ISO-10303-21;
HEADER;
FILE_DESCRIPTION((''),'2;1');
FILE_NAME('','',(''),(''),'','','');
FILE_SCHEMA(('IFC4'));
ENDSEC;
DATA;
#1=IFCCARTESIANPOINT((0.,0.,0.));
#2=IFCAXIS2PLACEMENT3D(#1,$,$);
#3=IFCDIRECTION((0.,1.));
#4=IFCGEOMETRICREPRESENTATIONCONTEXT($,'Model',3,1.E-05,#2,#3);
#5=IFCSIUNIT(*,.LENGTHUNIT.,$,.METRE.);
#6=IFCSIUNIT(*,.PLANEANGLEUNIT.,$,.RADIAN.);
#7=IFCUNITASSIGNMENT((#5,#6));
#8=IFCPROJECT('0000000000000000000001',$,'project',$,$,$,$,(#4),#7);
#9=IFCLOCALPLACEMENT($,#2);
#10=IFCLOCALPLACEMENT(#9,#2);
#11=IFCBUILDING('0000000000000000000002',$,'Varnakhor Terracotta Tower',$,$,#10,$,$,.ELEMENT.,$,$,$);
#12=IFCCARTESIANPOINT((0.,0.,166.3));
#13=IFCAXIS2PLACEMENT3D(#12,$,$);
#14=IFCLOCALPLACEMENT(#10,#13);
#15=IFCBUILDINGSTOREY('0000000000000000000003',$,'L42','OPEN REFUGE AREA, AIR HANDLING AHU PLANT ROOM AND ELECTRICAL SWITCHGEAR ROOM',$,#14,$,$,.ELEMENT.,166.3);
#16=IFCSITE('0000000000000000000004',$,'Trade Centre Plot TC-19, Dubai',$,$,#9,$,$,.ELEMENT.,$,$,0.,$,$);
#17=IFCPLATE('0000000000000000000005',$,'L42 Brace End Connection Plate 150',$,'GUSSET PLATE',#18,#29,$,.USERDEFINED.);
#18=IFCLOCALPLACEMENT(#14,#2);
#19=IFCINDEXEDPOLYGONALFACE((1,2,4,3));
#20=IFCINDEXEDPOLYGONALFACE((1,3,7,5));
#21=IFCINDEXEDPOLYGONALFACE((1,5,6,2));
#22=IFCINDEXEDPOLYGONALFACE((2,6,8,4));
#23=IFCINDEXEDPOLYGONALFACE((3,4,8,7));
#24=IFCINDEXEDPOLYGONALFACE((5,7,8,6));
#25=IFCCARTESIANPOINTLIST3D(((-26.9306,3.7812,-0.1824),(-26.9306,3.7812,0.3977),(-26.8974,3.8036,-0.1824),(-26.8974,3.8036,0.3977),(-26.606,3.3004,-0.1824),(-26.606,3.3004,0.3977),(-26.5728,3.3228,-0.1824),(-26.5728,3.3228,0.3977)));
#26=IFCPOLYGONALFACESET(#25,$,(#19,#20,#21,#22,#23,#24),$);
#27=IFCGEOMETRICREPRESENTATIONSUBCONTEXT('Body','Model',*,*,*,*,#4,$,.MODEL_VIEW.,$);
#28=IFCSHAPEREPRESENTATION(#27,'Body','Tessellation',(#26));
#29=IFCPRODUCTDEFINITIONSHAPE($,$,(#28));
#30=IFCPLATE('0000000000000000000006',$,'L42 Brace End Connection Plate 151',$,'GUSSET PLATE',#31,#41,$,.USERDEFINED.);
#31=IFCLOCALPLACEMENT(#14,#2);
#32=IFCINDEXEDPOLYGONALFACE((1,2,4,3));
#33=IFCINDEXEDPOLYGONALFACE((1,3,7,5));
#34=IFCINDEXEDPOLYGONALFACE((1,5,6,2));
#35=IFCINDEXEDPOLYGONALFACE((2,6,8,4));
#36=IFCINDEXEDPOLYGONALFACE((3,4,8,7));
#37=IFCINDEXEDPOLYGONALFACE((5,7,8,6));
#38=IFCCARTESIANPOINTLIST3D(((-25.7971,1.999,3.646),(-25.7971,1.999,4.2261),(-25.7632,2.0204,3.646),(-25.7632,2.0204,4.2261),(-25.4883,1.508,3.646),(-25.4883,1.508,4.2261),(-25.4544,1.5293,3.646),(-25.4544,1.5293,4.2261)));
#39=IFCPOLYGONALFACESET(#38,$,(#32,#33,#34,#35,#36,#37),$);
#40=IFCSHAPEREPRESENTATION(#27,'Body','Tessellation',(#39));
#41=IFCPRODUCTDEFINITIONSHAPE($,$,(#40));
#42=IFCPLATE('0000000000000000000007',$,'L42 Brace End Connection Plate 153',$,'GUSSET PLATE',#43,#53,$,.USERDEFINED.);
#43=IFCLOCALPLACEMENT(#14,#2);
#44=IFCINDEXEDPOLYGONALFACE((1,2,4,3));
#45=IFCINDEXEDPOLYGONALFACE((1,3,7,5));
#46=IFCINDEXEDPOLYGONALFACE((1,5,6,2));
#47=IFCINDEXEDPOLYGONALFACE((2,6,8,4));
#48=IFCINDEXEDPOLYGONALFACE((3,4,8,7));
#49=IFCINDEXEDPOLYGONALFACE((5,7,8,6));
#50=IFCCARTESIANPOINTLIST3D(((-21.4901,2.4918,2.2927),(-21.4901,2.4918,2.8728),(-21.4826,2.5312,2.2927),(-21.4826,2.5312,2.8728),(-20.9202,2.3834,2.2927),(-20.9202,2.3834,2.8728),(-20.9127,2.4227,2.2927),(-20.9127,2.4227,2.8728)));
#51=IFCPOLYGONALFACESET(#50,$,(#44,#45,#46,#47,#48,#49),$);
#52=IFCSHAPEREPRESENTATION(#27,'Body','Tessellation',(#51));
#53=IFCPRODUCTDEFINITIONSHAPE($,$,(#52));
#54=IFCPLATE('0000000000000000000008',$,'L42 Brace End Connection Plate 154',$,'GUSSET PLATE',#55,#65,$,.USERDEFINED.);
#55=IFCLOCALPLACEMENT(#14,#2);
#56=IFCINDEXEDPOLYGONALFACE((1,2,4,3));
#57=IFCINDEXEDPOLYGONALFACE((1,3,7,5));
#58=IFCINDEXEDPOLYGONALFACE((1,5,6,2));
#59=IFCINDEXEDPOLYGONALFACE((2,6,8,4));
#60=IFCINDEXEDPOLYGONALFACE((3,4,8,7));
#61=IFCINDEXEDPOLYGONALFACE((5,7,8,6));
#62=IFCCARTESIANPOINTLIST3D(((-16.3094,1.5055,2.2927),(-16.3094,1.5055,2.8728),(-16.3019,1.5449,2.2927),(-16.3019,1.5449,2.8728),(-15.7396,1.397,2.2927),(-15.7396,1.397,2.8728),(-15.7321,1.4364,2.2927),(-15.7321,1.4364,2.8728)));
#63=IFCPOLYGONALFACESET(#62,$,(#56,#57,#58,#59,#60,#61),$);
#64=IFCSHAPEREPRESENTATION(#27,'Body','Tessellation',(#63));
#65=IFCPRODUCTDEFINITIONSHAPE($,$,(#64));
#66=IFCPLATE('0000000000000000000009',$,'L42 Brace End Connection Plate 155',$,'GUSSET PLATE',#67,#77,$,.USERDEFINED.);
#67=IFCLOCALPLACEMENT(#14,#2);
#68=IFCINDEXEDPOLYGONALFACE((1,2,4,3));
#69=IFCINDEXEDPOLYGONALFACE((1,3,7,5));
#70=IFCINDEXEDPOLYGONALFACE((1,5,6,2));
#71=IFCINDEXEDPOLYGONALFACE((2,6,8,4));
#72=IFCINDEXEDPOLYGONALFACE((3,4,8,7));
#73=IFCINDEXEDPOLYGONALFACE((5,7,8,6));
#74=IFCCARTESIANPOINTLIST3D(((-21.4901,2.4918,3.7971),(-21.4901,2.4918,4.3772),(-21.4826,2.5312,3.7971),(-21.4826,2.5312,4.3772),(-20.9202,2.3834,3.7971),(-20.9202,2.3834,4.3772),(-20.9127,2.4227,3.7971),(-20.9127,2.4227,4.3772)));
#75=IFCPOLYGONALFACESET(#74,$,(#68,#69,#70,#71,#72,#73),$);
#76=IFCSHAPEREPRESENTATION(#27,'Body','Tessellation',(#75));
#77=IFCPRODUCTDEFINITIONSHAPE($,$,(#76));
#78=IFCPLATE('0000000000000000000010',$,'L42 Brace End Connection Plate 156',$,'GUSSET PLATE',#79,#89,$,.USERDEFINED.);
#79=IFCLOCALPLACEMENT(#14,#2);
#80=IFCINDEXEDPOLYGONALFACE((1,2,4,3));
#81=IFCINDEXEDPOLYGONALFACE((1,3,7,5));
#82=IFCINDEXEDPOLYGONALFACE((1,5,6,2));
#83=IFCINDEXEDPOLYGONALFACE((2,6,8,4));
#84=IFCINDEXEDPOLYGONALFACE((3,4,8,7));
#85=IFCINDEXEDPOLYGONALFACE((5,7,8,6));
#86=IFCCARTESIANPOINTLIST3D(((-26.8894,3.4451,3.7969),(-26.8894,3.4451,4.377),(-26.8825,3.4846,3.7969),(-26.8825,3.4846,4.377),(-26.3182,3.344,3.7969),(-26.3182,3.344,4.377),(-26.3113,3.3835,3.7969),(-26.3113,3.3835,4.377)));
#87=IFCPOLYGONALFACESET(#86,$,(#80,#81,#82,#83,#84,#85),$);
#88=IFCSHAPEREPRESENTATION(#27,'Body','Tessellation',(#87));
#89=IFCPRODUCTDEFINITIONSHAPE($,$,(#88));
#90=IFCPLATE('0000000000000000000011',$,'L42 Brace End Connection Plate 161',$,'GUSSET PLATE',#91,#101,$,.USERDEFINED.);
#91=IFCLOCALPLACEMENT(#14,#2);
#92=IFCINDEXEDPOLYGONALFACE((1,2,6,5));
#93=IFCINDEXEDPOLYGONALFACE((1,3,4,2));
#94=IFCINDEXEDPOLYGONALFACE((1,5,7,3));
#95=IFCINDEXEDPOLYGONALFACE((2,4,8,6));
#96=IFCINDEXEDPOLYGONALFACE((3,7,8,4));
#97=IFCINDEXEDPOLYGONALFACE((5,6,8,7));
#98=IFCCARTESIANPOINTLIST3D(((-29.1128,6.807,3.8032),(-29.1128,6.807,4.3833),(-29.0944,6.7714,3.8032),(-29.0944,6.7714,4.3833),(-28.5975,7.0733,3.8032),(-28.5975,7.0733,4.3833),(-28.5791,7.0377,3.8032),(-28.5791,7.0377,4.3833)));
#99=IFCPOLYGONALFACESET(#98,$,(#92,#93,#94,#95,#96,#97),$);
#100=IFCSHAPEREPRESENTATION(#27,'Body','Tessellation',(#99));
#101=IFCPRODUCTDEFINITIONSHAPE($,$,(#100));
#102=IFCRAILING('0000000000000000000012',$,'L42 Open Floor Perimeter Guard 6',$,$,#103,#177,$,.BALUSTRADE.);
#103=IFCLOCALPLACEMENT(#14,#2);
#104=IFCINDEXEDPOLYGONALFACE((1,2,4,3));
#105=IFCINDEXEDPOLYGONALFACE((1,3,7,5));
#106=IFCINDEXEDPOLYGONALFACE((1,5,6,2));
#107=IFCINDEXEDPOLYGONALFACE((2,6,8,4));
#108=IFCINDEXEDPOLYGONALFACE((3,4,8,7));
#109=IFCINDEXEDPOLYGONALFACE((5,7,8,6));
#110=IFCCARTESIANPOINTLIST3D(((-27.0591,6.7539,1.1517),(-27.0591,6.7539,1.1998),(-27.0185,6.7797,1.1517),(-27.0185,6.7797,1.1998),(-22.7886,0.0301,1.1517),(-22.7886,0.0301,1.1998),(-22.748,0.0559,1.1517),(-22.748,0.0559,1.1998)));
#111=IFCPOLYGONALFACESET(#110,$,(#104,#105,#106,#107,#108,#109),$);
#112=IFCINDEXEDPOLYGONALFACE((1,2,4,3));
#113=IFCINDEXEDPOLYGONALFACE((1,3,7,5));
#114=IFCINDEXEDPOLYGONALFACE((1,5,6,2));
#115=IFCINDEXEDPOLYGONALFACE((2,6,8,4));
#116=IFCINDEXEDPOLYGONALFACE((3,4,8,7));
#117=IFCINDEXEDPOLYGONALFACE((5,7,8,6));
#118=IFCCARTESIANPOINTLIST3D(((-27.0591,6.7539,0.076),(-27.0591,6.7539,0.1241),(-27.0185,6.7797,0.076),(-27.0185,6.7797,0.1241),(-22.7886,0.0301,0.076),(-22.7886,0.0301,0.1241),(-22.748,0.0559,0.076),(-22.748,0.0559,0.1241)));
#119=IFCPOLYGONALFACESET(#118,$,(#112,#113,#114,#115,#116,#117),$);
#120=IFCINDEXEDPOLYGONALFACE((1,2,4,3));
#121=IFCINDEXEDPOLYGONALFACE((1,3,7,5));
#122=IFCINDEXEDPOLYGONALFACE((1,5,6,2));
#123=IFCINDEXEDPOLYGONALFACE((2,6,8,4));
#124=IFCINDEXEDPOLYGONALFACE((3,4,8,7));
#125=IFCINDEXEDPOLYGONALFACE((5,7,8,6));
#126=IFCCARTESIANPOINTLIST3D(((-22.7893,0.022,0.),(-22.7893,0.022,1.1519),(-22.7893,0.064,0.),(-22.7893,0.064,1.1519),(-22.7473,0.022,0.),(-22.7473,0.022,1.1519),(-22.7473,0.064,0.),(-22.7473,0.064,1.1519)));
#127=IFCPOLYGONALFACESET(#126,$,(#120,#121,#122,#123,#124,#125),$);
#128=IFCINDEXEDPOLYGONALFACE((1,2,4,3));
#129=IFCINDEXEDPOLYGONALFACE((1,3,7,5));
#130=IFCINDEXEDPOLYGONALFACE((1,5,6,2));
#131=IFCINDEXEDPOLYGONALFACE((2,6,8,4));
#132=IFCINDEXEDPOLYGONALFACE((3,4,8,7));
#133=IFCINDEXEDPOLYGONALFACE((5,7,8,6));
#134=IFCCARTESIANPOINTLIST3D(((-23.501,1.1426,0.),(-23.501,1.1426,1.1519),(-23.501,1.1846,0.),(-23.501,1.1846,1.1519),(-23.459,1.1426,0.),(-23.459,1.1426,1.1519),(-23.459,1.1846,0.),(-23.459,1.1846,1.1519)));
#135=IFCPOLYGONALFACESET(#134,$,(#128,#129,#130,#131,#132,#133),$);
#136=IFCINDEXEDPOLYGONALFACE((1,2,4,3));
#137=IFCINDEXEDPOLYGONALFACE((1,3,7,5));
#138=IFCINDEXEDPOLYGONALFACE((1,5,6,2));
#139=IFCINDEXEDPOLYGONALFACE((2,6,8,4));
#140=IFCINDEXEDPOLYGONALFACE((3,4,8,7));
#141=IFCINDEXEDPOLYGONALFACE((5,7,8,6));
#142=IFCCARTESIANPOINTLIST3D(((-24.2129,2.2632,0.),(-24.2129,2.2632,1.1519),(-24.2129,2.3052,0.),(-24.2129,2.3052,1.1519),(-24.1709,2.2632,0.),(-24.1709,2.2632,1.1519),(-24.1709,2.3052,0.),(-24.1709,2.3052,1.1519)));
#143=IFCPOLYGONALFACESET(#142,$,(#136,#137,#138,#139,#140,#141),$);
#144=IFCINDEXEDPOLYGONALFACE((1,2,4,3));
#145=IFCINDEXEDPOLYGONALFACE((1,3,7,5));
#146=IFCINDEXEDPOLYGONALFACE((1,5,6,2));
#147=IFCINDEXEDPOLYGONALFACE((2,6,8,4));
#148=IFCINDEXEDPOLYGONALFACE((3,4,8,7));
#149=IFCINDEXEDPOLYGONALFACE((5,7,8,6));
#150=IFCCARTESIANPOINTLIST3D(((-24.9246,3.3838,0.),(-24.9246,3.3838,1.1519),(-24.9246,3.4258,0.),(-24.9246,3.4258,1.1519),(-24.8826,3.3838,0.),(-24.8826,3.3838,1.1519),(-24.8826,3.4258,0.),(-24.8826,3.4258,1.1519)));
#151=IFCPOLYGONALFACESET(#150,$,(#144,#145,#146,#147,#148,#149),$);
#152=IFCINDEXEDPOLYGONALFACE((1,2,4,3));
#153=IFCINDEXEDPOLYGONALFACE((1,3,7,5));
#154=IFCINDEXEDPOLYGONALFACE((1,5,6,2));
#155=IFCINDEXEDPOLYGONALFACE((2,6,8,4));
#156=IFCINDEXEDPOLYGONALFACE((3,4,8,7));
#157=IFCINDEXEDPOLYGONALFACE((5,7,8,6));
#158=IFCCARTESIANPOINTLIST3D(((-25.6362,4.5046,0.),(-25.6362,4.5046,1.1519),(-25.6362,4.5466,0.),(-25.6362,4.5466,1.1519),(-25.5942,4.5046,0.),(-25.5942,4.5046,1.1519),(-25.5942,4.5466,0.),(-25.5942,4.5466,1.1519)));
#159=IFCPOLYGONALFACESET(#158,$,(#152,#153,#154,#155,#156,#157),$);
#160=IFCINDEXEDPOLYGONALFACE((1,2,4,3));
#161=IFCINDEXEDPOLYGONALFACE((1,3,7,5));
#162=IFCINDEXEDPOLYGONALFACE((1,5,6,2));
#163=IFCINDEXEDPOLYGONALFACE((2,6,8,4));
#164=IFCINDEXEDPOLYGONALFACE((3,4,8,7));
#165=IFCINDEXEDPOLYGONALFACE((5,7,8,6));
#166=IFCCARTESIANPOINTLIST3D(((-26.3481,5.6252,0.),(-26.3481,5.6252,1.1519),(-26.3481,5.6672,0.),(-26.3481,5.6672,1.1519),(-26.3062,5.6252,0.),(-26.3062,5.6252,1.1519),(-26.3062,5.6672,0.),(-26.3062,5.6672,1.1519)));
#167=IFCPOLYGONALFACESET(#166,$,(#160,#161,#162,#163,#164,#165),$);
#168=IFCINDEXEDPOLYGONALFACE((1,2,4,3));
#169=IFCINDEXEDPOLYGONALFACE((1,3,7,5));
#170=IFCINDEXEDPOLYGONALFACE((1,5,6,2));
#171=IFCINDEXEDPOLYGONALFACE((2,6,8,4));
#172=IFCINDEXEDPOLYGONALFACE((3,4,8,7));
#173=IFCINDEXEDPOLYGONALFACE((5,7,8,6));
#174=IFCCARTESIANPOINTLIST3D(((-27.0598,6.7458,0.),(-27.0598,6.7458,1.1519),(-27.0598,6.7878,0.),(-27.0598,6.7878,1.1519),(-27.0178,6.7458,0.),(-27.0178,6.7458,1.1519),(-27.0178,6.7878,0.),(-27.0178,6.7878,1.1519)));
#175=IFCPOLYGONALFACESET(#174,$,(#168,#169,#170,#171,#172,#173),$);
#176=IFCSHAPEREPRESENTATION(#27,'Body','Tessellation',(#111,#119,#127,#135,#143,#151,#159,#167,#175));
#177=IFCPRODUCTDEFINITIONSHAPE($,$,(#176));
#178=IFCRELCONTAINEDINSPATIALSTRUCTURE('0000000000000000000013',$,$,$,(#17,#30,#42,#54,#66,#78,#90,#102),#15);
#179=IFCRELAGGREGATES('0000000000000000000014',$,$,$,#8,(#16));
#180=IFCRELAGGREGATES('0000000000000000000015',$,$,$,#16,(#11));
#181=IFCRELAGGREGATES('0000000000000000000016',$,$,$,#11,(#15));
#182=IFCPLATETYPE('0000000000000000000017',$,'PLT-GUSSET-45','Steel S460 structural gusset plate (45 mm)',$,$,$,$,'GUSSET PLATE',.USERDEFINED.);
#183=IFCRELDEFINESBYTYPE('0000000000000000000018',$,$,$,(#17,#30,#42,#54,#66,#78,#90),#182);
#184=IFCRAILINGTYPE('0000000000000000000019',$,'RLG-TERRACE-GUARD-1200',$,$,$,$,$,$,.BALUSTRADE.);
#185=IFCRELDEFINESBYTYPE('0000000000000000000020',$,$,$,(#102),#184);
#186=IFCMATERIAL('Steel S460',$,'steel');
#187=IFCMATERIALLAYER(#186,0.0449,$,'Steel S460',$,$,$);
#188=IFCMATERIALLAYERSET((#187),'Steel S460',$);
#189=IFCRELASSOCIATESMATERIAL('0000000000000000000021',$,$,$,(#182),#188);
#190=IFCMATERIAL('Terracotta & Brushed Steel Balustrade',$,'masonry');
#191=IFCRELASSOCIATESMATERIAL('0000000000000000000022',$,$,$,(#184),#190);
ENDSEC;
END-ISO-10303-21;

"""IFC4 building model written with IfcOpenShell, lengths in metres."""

from ifc_helpers import new_model, si_unit, direction, frame, origin, origin_2d, place, context, subcontext, project, spatial, rectangle, extrude, source, transform, mapped, material, layer, layer_set, type_object, element, save


model = new_model("IFC4")

# Units and contexts
model_context = context("Model", 3, precision=1e-05, world=origin(), true_north=direction((0.0, 1.0)))
body_context = subcontext(model_context, "Body", "Model", "MODEL_VIEW")
ifc_project = project(units=[si_unit("LENGTHUNIT", "METRE"), si_unit("PLANEANGLEUNIT", "RADIAN")], contexts=[model_context])

# Site, building, storey
site_placement = place(None, origin())
site = spatial("IfcSite", under=ifc_project, at=site_placement, Name="Trade Centre Plot TC-19, Dubai", CompositionType="ELEMENT", RefElevation=0.0)
building_placement = place(site_placement, origin())
building = spatial("IfcBuilding", under=site, at=building_placement, Name="Varnakhor Terracotta Tower", CompositionType="ELEMENT")
storey_placement = place(building_placement, frame((0.0, 0.0, 166.3)))
storey = spatial("IfcBuildingStorey", under=building, at=storey_placement, Name="L42", Description="OPEN REFUGE AREA, AIR HANDLING AHU PLANT ROOM AND ELECTRICAL SWITCHGEAR ROOM", CompositionType="ELEMENT", Elevation=166.3)

# Shared definitions
ifc_material_1 = material(Name="Steel S460", Category="steel")

# Plates
ifc_layer = layer(ifc_material_1, 0.0449, Name="Steel S460")
ifc_layer_set = layer_set([ifc_layer], Name="Steel S460")
plate_type = type_object("IfcPlateType", Name="PLT-GUSSET-45", Description="Steel S460 structural gusset plate (45 mm)", ElementType="GUSSET PLATE", PredefinedType="USERDEFINED", material=ifc_layer_set)
shared_shape_1 = source(origin(), body_context, "Body", "SweptSolid", [
    extrude(rectangle(XDim=0.5801, YDim=0.04, at=origin_2d()), origin(), (0.0, 0.0, 1.0), 0.5801),
])
for number, where, z_axis, x_axis, name in (
    (1, (-26.7517, 3.552, -0.1824), (0.0, 0.0, 1.0), (-0.559641, 0.828735, 0.0), "L42 Brace End Connection Plate 150"),
    (2, (-25.6257, 1.7642, 3.646), (0.0, 0.0, 1.0), (0.532256, -0.846584, 0.0), "L42 Brace End Connection Plate 151"),
    (3, (-21.2014, 2.4573, 2.2927), (0.0, 0.0, 1.0), (-0.982359, 0.187004, 0.0), "L42 Brace End Connection Plate 153"),
    (4, (-16.0208, 1.4709, 2.2927), (0.0, 0.0, 1.0), (-0.982359, 0.187004, 0.0), "L42 Brace End Connection Plate 154"),
    (5, (-21.2014, 2.4573, 3.7971), (0.0, 0.0, 1.0), (-0.982359, 0.187004, 0.0), "L42 Brace End Connection Plate 155"),
    (6, (-26.6003, 3.4143, 3.7969), (0.0, 0.0, 1.0), (-0.984698, 0.174267, 0.0), "L42 Brace End Connection Plate 156"),
    (7, (-28.8459, 6.9224, 3.8032), (0.0, 0.0, 1.0), (-0.888361, -0.459146, 0.0), "L42 Brace End Connection Plate 161"),
):
    element("IfcPlate", number, at=place(storey_placement, frame(where, z_axis=z_axis, x_axis=x_axis)), inside=storey, type_object=plate_type, Name=name, ObjectType="GUSSET PLATE", PredefinedType="USERDEFINED", context=body_context, shape_type="MappedRepresentation", body=[
        mapped(shared_shape_1, transform((0.0, 0.0, 0.0), scale=1.0)),
    ])

# Railing
ifc_material_2 = material(Name="Terracotta & Brushed Steel Balustrade", Category="masonry")
railing_type = type_object("IfcRailingType", Name="RLG-TERRACE-GUARD-1200", PredefinedType="BALUSTRADE", material=ifc_material_2)
railing_1_placement = place(storey_placement, frame((-22.7683, 0.043, 0.0)))
element("IfcRailing", 8, at=railing_1_placement, inside=storey, type_object=railing_type, Name="L42 Open Floor Perimeter Guard 6", PredefinedType="BALUSTRADE", context=body_context, shape_type="SweptSolid", body=[
    extrude(rectangle(XDim=0.0481, YDim=0.0481, at=origin_2d()), frame((0.0, 0.0, 1.1758), z_axis=(-0.536132, 0.844134, 0.0), x_axis=(-0.844134, -0.536132, 0.0)), (0.0, 0.0, 1.0), 7.9653),
    extrude(rectangle(XDim=0.0481, YDim=0.0481, at=origin_2d()), frame((0.0, 0.0, 0.1001), z_axis=(-0.536132, 0.844134, 0.0), x_axis=(-0.844134, -0.536132, 0.0)), (0.0, 0.0, 1.0), 7.9653),
    extrude(rectangle(XDim=0.042, YDim=0.042, at=origin_2d()), origin(), (0.0, 0.0, 1.0), 1.1519),
    extrude(rectangle(XDim=0.042, YDim=0.042, at=origin_2d()), frame((-0.7117, 1.1206, 0.0)), (0.0, 0.0, 1.0), 1.1519),
    extrude(rectangle(XDim=0.042, YDim=0.042, at=origin_2d()), frame((-1.4236, 2.2412, 0.0)), (0.0, 0.0, 1.0), 1.1519),
    extrude(rectangle(XDim=0.042, YDim=0.042, at=origin_2d()), frame((-2.1353, 3.3618, 0.0)), (0.0, 0.0, 1.0), 1.1519),
    extrude(rectangle(XDim=0.042, YDim=0.042, at=origin_2d()), frame((-2.8469, 4.4827, 0.0)), (0.0, 0.0, 1.0), 1.1519),
    extrude(rectangle(XDim=0.042, YDim=0.042, at=origin_2d()), frame((-3.5588, 5.6033, 0.0)), (0.0, 0.0, 1.0), 1.1519),
    extrude(rectangle(XDim=0.042, YDim=0.042, at=origin_2d()), frame((-4.2705, 6.7239, 0.0)), (0.0, 0.0, 1.0), 1.1519),
])

save(model, "model.ifc")
